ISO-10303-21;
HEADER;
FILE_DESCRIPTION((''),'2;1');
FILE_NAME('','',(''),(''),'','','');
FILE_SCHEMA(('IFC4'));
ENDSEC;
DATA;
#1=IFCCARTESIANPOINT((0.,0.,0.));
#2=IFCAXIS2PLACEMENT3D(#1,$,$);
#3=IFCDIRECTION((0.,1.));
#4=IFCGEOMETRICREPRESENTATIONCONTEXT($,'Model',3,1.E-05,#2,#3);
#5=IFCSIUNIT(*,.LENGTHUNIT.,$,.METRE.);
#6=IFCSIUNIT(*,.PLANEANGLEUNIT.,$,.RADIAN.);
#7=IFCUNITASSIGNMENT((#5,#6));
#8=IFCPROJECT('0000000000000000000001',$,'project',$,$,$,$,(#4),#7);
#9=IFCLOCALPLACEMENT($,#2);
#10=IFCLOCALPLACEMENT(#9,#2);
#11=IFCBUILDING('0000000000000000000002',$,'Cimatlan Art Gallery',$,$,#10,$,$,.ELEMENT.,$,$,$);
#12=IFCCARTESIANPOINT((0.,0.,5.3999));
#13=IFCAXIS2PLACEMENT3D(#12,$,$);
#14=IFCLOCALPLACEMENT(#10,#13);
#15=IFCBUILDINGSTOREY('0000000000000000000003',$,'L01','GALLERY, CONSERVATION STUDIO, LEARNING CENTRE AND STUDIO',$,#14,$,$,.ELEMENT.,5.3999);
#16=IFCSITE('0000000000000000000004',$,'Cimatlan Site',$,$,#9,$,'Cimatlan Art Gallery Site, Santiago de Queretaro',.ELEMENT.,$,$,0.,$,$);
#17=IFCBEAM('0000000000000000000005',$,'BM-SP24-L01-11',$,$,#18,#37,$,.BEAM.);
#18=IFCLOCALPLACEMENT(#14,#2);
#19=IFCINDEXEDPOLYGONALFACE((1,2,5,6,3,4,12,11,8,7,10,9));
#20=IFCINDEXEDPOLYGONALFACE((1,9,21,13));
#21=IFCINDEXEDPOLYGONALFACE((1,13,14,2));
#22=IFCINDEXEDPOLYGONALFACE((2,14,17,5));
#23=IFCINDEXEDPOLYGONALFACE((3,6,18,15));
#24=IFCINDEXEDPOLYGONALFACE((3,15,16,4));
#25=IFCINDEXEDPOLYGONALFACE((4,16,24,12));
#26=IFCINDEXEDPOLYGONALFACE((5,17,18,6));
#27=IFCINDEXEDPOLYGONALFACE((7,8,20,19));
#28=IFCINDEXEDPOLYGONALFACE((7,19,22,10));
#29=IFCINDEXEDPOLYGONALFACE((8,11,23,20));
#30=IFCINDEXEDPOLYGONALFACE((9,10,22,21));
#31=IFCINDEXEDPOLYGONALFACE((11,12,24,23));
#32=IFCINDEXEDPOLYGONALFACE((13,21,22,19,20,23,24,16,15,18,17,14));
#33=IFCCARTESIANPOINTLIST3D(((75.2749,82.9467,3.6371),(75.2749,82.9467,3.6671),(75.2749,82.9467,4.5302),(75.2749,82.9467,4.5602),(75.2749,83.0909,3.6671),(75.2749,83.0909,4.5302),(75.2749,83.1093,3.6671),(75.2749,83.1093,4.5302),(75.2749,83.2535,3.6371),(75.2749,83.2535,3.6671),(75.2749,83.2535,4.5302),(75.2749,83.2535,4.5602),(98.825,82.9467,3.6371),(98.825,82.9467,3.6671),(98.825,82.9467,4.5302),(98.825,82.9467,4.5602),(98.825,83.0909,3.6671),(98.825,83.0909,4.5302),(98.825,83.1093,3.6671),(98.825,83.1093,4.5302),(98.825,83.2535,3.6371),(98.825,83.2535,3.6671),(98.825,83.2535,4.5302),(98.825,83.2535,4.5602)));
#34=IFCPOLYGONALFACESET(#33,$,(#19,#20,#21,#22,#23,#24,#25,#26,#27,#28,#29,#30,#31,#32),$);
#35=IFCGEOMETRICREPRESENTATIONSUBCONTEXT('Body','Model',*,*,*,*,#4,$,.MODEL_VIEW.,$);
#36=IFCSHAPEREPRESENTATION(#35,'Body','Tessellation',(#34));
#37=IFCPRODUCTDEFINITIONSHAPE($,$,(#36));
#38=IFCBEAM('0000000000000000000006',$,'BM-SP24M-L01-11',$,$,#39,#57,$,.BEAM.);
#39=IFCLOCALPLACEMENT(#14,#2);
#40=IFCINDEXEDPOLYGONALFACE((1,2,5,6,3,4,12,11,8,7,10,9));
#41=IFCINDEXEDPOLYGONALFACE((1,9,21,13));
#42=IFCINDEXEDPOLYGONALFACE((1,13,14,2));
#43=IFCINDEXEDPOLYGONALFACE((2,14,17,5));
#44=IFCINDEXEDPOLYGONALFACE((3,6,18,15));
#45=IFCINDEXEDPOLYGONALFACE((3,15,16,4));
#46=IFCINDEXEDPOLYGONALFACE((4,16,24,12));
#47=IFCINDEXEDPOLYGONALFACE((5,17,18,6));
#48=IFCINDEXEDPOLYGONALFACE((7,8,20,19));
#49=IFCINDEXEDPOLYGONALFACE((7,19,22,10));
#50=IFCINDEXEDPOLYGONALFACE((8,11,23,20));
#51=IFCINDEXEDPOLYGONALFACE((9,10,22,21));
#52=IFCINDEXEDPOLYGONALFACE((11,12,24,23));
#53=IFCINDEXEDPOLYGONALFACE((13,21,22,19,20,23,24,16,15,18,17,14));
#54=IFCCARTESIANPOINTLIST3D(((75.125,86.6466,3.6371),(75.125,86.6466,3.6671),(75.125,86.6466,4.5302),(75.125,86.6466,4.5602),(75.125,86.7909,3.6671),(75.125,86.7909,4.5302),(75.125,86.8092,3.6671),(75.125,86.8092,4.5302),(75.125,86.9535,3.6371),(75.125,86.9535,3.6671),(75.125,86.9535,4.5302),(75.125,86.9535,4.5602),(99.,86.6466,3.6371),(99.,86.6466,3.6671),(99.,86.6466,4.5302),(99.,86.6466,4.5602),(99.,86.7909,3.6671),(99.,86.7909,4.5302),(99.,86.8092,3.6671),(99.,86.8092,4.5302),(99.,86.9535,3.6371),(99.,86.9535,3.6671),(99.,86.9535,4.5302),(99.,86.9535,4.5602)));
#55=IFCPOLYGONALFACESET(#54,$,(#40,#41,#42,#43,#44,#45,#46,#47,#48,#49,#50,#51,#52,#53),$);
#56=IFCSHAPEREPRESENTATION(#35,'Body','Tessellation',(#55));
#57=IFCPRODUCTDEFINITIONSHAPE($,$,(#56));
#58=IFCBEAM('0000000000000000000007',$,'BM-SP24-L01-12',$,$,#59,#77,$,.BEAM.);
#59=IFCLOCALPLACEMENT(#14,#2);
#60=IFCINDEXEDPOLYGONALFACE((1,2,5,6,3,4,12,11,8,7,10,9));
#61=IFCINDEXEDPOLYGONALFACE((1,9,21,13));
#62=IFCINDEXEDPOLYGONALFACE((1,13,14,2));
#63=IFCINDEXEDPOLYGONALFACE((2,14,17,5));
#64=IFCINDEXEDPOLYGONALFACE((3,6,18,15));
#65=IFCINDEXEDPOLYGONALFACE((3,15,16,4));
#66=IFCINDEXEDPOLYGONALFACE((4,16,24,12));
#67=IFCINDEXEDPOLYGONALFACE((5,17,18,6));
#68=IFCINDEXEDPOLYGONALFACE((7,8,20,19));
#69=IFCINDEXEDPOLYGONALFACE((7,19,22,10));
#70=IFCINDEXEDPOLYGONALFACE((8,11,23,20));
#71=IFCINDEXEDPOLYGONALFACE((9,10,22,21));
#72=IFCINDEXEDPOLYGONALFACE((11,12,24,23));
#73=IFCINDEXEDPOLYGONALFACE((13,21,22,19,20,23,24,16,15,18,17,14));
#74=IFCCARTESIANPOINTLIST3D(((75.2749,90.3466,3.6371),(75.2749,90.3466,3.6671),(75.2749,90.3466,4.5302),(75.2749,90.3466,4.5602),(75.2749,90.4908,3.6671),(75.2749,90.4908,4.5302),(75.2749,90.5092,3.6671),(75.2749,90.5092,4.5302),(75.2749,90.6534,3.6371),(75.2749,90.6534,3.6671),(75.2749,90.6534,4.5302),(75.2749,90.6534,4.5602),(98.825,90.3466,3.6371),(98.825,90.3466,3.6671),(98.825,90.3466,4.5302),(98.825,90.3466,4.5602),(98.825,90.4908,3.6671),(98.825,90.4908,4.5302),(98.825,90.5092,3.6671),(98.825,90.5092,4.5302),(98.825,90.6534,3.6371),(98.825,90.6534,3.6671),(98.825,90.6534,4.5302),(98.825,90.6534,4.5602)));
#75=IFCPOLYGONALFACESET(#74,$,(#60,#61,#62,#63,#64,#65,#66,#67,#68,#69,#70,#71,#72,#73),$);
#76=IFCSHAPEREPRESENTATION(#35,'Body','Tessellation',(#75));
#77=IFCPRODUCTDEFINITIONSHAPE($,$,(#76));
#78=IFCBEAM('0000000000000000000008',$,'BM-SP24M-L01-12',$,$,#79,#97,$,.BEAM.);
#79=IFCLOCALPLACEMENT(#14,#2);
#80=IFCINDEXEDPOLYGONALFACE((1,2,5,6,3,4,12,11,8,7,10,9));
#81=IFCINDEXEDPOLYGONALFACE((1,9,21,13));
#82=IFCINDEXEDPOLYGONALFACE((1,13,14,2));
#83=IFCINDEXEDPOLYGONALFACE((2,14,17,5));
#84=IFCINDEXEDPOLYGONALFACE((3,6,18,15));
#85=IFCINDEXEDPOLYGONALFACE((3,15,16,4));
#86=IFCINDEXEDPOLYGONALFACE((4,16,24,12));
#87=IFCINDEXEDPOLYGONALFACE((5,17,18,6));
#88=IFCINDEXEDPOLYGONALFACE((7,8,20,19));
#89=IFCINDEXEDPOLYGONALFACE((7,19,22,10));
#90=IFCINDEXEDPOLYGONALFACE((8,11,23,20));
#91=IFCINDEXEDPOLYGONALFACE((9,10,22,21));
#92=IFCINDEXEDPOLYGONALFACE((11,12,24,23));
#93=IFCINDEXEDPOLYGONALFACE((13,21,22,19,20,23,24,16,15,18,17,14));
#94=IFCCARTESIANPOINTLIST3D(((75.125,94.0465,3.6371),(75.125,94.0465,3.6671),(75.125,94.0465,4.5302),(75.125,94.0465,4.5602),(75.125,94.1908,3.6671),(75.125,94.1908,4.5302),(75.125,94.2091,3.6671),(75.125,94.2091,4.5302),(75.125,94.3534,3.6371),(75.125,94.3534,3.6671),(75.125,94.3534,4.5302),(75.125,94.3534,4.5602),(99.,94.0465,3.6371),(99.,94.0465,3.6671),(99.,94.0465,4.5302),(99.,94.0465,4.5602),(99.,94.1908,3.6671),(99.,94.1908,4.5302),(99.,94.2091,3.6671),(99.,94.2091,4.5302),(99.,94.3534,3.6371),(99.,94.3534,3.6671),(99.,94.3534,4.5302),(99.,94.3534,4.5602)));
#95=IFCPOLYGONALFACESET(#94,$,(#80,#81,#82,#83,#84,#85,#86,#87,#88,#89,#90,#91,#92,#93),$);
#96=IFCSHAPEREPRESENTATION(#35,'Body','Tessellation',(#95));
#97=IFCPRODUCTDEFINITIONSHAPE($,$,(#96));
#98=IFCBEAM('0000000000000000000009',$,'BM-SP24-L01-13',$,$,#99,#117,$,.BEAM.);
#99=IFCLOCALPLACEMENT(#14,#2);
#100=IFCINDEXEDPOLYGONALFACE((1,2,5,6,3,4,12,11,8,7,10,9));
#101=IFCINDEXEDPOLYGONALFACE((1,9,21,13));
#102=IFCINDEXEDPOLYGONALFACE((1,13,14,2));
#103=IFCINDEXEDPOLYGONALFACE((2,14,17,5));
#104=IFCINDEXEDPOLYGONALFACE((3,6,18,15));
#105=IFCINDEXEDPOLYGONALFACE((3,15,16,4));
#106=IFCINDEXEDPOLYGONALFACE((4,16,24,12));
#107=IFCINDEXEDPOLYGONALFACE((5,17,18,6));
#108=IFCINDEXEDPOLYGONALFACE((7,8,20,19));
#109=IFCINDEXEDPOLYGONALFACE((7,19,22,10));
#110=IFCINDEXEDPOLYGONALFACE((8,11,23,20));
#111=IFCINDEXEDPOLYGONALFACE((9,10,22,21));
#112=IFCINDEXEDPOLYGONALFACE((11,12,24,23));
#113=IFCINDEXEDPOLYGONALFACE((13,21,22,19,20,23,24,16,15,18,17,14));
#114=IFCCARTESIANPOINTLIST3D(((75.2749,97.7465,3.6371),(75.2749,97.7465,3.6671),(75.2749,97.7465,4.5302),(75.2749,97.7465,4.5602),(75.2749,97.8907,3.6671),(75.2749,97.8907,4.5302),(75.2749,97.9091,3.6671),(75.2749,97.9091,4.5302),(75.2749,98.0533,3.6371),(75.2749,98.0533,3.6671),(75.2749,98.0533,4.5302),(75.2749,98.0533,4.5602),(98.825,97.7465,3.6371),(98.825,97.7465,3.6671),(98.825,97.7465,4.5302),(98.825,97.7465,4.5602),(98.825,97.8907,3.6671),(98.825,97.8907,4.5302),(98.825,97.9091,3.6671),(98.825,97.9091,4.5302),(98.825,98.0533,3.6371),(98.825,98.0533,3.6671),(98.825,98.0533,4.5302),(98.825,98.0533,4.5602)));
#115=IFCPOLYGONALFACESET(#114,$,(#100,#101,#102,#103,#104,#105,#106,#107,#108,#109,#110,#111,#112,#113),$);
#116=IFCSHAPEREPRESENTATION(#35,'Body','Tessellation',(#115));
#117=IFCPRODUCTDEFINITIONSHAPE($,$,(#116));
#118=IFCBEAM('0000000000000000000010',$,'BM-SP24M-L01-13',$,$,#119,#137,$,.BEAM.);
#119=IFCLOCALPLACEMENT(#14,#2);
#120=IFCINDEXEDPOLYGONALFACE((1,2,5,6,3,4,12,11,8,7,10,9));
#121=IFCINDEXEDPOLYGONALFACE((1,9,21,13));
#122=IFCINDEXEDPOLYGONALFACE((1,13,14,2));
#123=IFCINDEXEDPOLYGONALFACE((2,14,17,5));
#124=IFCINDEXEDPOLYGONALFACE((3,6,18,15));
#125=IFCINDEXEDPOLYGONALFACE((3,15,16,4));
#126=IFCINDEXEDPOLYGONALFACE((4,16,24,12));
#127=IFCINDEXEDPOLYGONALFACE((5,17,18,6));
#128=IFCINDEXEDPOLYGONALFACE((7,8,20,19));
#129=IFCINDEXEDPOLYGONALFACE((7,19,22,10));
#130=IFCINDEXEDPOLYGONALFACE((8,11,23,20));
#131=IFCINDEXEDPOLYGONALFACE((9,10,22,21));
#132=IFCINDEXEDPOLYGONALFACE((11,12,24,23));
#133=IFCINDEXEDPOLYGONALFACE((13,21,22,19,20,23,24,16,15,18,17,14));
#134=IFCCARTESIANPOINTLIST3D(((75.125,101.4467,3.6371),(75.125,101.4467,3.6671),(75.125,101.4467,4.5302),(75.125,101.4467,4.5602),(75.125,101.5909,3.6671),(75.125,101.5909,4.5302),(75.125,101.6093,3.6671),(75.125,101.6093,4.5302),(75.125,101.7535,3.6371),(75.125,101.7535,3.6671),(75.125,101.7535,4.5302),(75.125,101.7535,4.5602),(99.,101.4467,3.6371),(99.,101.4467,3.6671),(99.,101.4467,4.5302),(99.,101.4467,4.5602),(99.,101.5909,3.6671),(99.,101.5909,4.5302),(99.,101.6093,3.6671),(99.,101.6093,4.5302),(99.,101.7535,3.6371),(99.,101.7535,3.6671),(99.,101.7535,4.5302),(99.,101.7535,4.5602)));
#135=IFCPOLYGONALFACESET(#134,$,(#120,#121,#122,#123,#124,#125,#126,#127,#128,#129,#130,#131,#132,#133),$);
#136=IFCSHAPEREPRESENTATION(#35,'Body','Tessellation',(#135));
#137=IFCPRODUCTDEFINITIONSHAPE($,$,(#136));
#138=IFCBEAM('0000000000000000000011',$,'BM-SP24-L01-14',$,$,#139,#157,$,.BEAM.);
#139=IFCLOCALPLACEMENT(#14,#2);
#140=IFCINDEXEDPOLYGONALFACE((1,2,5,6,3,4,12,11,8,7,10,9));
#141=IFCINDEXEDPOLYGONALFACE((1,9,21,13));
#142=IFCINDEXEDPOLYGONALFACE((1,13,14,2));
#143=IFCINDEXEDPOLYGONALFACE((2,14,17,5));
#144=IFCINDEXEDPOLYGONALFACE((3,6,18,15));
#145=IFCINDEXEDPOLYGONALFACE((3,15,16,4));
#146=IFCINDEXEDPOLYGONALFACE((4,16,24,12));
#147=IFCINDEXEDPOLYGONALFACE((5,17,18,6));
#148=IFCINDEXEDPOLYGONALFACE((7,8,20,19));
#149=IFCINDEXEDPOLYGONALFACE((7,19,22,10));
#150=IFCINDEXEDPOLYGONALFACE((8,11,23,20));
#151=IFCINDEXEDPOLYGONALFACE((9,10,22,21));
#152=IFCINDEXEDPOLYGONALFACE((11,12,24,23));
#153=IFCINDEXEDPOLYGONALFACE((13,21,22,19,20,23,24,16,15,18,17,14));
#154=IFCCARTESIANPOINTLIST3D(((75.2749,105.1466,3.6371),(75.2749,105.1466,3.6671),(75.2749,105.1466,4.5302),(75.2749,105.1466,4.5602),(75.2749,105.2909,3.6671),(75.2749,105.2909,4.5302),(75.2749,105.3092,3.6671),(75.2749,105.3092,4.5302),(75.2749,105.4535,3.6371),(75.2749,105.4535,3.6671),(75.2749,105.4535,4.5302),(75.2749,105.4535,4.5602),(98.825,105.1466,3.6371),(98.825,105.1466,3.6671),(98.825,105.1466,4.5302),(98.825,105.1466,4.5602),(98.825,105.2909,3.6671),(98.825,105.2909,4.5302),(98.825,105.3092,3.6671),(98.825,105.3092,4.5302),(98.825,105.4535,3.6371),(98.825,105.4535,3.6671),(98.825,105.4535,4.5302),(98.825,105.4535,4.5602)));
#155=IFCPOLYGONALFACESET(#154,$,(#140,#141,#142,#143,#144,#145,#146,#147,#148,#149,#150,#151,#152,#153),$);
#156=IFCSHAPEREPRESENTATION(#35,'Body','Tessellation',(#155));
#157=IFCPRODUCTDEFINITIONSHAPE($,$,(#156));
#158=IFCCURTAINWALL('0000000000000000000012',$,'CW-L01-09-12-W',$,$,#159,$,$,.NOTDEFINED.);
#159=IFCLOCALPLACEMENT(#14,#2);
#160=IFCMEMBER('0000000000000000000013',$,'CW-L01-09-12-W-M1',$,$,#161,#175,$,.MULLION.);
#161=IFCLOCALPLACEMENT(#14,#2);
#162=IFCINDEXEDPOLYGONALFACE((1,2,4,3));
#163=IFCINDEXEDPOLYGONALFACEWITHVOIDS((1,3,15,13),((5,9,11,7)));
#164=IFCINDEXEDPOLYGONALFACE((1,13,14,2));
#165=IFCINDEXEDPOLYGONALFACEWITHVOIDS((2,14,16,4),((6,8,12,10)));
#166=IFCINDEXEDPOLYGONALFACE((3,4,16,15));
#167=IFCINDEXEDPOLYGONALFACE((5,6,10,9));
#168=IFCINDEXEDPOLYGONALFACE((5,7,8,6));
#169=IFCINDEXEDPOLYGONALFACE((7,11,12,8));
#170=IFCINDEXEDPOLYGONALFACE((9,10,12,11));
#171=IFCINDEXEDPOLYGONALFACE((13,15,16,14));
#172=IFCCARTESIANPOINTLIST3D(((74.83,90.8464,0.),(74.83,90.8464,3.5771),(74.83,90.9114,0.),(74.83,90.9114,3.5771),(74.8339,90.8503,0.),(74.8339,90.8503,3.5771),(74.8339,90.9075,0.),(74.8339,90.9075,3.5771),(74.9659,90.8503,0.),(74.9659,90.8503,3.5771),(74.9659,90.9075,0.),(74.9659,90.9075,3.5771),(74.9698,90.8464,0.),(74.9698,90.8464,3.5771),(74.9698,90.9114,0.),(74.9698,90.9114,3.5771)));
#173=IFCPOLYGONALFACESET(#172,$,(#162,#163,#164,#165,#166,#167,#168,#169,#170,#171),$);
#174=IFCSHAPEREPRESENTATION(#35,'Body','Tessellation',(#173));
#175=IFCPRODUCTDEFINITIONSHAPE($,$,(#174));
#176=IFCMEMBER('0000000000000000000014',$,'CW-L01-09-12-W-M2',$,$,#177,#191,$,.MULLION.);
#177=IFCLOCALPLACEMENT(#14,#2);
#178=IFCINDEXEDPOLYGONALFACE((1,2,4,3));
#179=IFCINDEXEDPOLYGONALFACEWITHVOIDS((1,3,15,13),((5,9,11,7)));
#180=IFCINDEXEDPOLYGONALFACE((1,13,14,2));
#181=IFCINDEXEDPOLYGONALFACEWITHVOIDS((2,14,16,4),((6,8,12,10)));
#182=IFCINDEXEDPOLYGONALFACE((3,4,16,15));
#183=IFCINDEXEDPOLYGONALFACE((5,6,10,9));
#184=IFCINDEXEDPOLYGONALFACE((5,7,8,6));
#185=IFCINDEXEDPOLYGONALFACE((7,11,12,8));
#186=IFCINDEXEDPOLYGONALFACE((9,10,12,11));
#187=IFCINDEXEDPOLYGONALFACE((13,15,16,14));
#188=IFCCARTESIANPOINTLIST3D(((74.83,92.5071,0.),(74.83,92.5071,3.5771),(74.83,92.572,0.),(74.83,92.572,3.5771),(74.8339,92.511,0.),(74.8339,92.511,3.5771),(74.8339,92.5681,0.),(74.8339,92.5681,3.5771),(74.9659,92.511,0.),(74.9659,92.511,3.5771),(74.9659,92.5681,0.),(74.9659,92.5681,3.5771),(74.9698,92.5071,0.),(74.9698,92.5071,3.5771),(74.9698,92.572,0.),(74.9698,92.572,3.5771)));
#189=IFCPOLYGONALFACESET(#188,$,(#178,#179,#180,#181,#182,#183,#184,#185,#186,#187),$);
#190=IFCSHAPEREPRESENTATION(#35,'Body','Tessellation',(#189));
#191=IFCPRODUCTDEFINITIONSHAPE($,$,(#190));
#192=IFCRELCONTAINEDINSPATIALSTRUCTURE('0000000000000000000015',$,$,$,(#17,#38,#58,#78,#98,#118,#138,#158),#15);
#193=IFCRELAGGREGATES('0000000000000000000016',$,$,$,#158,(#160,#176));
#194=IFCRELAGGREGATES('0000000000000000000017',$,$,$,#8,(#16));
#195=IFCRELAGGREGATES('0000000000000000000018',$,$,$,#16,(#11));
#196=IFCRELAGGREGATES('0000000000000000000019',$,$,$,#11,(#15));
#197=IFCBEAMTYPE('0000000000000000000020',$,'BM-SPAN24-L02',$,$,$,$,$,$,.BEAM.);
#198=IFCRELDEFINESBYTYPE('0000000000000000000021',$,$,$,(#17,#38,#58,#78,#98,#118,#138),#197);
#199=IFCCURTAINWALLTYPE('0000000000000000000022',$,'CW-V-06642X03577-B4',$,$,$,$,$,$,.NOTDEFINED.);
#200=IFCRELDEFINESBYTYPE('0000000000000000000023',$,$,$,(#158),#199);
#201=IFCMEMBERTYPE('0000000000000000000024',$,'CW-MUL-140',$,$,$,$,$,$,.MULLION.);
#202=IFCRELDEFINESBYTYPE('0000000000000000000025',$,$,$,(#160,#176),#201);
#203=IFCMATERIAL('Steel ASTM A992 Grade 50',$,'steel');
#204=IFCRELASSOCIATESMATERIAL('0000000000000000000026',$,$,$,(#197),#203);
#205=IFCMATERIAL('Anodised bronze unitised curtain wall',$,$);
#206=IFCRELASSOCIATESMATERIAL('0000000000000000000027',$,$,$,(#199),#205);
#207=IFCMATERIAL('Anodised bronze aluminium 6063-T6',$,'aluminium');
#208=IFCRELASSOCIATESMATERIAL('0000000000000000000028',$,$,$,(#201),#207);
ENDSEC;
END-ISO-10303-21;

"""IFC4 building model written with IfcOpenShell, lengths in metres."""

from ifc_helpers import new_model, si_unit, direction, frame, origin, origin_2d, place, context, subcontext, project, spatial, hollow_rectangle, i_section, extrude, material, material_profile, profile_set, type_object, element, aggregate, save


model = new_model("IFC4")

# Units and contexts
model_context = context("Model", 3, precision=1e-05, world=origin(), true_north=direction((0.0, 1.0)))
body_context = subcontext(model_context, "Body", "Model", "MODEL_VIEW")
ifc_project = project(units=[si_unit("LENGTHUNIT", "METRE"), si_unit("PLANEANGLEUNIT", "RADIAN")], contexts=[model_context])

# Site, building, storey
site_placement = place(None, origin())
site = spatial("IfcSite", under=ifc_project, at=site_placement, Name="Cimatlan Site", LongName="Cimatlan Art Gallery Site, Santiago de Queretaro", CompositionType="ELEMENT", RefElevation=0.0)
building_placement = place(site_placement, origin())
building = spatial("IfcBuilding", under=site, at=building_placement, Name="Cimatlan Art Gallery", CompositionType="ELEMENT")
storey_placement = place(building_placement, frame((0.0, 0.0, 5.3999)))
storey = spatial("IfcBuildingStorey", under=building, at=storey_placement, Name="L01", Description="GALLERY, CONSERVATION STUDIO, LEARNING CENTRE AND STUDIO", CompositionType="ELEMENT", Elevation=5.3999)

# Beams
ifc_material_1 = material(Name="Steel ASTM A992 Grade 50", Category="steel")
ifc_material_profile_1 = material_profile(ifc_material_1, i_section(OverallWidth=0.3069, OverallDepth=0.9231, WebThickness=0.0183, FlangeThickness=0.03, at=origin_2d()), Name="W36X182")
ifc_profile_set_1 = profile_set([ifc_material_profile_1], Name="Steel ASTM A992 Grade 50")
beam_type = type_object("IfcBeamType", Name="BM-SPAN24-L02", PredefinedType="BEAM", material=ifc_profile_set_1)
beam_1_placement = place(storey_placement, frame((75.2749, 83.1001, 4.0986), z_axis=(1.0, 0.0, 0.0), x_axis=(0.0, 1.0, 0.0)))
element("IfcBeam", 1, at=beam_1_placement, inside=storey, type_object=beam_type, Name="BM-SP24-L01-11", PredefinedType="BEAM", context=body_context, shape_type="SweptSolid", body=[
    extrude(i_section(OverallWidth=0.3069, OverallDepth=0.9231, WebThickness=0.0183, FlangeThickness=0.03, at=origin_2d()), origin(), (0.0, 0.0, 1.0), 23.55),
])
beam_2_placement = place(storey_placement, frame((75.125, 86.8, 4.0986), z_axis=(1.0, 0.0, 0.0), x_axis=(0.0, 1.0, 0.0)))
element("IfcBeam", 2, at=beam_2_placement, inside=storey, type_object=beam_type, Name="BM-SP24M-L01-11", PredefinedType="BEAM", context=body_context, shape_type="SweptSolid", body=[
    extrude(i_section(OverallWidth=0.3069, OverallDepth=0.9231, WebThickness=0.0183, FlangeThickness=0.03, at=origin_2d()), origin(), (0.0, 0.0, 1.0), 23.875),
])
beam_3_placement = place(storey_placement, frame((75.2749, 90.5, 4.0986), z_axis=(1.0, 0.0, 0.0), x_axis=(0.0, 1.0, 0.0)))
element("IfcBeam", 3, at=beam_3_placement, inside=storey, type_object=beam_type, Name="BM-SP24-L01-12", PredefinedType="BEAM", context=body_context, shape_type="SweptSolid", body=[
    extrude(i_section(OverallWidth=0.3069, OverallDepth=0.9231, WebThickness=0.0183, FlangeThickness=0.03, at=origin_2d()), origin(), (0.0, 0.0, 1.0), 23.55),
])
beam_4_placement = place(storey_placement, frame((75.125, 94.2, 4.0986), z_axis=(1.0, 0.0, 0.0), x_axis=(0.0, 1.0, 0.0)))
element("IfcBeam", 4, at=beam_4_placement, inside=storey, type_object=beam_type, Name="BM-SP24M-L01-12", PredefinedType="BEAM", context=body_context, shape_type="SweptSolid", body=[
    extrude(i_section(OverallWidth=0.3069, OverallDepth=0.9231, WebThickness=0.0183, FlangeThickness=0.03, at=origin_2d()), origin(), (0.0, 0.0, 1.0), 23.875),
])
beam_5_placement = place(storey_placement, frame((75.2749, 97.8999, 4.0986), z_axis=(1.0, 0.0, 0.0), x_axis=(0.0, 1.0, 0.0)))
element("IfcBeam", 5, at=beam_5_placement, inside=storey, type_object=beam_type, Name="BM-SP24-L01-13", PredefinedType="BEAM", context=body_context, shape_type="SweptSolid", body=[
    extrude(i_section(OverallWidth=0.3069, OverallDepth=0.9231, WebThickness=0.0183, FlangeThickness=0.03, at=origin_2d()), origin(), (0.0, 0.0, 1.0), 23.55),
])
beam_6_placement = place(storey_placement, frame((75.125, 101.6001, 4.0986), z_axis=(1.0, 0.0, 0.0), x_axis=(0.0, 1.0, 0.0)))
element("IfcBeam", 6, at=beam_6_placement, inside=storey, type_object=beam_type, Name="BM-SP24M-L01-13", PredefinedType="BEAM", context=body_context, shape_type="SweptSolid", body=[
    extrude(i_section(OverallWidth=0.3069, OverallDepth=0.9231, WebThickness=0.0183, FlangeThickness=0.03, at=origin_2d()), origin(), (0.0, 0.0, 1.0), 23.875),
])
beam_7_placement = place(storey_placement, frame((75.2749, 105.3, 4.0986), z_axis=(1.0, 0.0, 0.0), x_axis=(0.0, 1.0, 0.0)))
element("IfcBeam", 7, at=beam_7_placement, inside=storey, type_object=beam_type, Name="BM-SP24-L01-14", PredefinedType="BEAM", context=body_context, shape_type="SweptSolid", body=[
    extrude(i_section(OverallWidth=0.3069, OverallDepth=0.9231, WebThickness=0.0183, FlangeThickness=0.03, at=origin_2d()), origin(), (0.0, 0.0, 1.0), 23.55),
])

# Curtain wall, members
ifc_material_2 = material(Name="Anodised bronze unitised curtain wall")
curtain_wall_type_1 = type_object("IfcCurtainWallType", Name="CW-V-06642X03577-B4", PredefinedType="NOTDEFINED", material=ifc_material_2)
curtain_wall_1_placement = place(storey_placement, origin())
curtain_wall_1 = element("IfcCurtainWall", 8, at=curtain_wall_1_placement, inside=storey, type_object=curtain_wall_type_1, Name="CW-L01-09-12-W", PredefinedType="NOTDEFINED")
ifc_material_3 = material(Name="Anodised bronze aluminium 6063-T6", Category="aluminium")
ifc_material_profile_2 = material_profile(ifc_material_3, hollow_rectangle(XDim=0.0649, YDim=0.1399, WallThickness=0.0039, at=origin_2d()), Name="ALU65X140X4")
ifc_profile_set_2 = profile_set([ifc_material_profile_2], Name="Anodised bronze aluminium 6063-T6")
member_type_1 = type_object("IfcMemberType", Name="CW-MUL-140", PredefinedType="MULLION", material=ifc_profile_set_2)
member_1_placement = place(storey_placement, frame((74.8999, 90.8789, 0.0), z_axis=(0.0, 0.0, 1.0), x_axis=(0.0, 1.0, 0.0)))
member_1 = element("IfcMember", 9, at=member_1_placement, type_object=member_type_1, Name="CW-L01-09-12-W-M1", PredefinedType="MULLION", context=body_context, shape_type="SweptSolid", body=[
    extrude(hollow_rectangle(XDim=0.0649, YDim=0.1399, WallThickness=0.0039, at=origin_2d()), origin(), (0.0, 0.0, 1.0), 3.5771),
])
member_2_placement = place(storey_placement, frame((74.8999, 92.5396, 0.0), z_axis=(0.0, 0.0, 1.0), x_axis=(0.0, 1.0, 0.0)))
member_2 = element("IfcMember", 10, at=member_2_placement, type_object=member_type_1, Name="CW-L01-09-12-W-M2", PredefinedType="MULLION", context=body_context, shape_type="SweptSolid", body=[
    extrude(hollow_rectangle(XDim=0.0649, YDim=0.1399, WallThickness=0.0039, at=origin_2d()), origin(), (0.0, 0.0, 1.0), 3.5771),
])

aggregate(curtain_wall_1, [member_1, member_2])

save(model, "model.ifc")
